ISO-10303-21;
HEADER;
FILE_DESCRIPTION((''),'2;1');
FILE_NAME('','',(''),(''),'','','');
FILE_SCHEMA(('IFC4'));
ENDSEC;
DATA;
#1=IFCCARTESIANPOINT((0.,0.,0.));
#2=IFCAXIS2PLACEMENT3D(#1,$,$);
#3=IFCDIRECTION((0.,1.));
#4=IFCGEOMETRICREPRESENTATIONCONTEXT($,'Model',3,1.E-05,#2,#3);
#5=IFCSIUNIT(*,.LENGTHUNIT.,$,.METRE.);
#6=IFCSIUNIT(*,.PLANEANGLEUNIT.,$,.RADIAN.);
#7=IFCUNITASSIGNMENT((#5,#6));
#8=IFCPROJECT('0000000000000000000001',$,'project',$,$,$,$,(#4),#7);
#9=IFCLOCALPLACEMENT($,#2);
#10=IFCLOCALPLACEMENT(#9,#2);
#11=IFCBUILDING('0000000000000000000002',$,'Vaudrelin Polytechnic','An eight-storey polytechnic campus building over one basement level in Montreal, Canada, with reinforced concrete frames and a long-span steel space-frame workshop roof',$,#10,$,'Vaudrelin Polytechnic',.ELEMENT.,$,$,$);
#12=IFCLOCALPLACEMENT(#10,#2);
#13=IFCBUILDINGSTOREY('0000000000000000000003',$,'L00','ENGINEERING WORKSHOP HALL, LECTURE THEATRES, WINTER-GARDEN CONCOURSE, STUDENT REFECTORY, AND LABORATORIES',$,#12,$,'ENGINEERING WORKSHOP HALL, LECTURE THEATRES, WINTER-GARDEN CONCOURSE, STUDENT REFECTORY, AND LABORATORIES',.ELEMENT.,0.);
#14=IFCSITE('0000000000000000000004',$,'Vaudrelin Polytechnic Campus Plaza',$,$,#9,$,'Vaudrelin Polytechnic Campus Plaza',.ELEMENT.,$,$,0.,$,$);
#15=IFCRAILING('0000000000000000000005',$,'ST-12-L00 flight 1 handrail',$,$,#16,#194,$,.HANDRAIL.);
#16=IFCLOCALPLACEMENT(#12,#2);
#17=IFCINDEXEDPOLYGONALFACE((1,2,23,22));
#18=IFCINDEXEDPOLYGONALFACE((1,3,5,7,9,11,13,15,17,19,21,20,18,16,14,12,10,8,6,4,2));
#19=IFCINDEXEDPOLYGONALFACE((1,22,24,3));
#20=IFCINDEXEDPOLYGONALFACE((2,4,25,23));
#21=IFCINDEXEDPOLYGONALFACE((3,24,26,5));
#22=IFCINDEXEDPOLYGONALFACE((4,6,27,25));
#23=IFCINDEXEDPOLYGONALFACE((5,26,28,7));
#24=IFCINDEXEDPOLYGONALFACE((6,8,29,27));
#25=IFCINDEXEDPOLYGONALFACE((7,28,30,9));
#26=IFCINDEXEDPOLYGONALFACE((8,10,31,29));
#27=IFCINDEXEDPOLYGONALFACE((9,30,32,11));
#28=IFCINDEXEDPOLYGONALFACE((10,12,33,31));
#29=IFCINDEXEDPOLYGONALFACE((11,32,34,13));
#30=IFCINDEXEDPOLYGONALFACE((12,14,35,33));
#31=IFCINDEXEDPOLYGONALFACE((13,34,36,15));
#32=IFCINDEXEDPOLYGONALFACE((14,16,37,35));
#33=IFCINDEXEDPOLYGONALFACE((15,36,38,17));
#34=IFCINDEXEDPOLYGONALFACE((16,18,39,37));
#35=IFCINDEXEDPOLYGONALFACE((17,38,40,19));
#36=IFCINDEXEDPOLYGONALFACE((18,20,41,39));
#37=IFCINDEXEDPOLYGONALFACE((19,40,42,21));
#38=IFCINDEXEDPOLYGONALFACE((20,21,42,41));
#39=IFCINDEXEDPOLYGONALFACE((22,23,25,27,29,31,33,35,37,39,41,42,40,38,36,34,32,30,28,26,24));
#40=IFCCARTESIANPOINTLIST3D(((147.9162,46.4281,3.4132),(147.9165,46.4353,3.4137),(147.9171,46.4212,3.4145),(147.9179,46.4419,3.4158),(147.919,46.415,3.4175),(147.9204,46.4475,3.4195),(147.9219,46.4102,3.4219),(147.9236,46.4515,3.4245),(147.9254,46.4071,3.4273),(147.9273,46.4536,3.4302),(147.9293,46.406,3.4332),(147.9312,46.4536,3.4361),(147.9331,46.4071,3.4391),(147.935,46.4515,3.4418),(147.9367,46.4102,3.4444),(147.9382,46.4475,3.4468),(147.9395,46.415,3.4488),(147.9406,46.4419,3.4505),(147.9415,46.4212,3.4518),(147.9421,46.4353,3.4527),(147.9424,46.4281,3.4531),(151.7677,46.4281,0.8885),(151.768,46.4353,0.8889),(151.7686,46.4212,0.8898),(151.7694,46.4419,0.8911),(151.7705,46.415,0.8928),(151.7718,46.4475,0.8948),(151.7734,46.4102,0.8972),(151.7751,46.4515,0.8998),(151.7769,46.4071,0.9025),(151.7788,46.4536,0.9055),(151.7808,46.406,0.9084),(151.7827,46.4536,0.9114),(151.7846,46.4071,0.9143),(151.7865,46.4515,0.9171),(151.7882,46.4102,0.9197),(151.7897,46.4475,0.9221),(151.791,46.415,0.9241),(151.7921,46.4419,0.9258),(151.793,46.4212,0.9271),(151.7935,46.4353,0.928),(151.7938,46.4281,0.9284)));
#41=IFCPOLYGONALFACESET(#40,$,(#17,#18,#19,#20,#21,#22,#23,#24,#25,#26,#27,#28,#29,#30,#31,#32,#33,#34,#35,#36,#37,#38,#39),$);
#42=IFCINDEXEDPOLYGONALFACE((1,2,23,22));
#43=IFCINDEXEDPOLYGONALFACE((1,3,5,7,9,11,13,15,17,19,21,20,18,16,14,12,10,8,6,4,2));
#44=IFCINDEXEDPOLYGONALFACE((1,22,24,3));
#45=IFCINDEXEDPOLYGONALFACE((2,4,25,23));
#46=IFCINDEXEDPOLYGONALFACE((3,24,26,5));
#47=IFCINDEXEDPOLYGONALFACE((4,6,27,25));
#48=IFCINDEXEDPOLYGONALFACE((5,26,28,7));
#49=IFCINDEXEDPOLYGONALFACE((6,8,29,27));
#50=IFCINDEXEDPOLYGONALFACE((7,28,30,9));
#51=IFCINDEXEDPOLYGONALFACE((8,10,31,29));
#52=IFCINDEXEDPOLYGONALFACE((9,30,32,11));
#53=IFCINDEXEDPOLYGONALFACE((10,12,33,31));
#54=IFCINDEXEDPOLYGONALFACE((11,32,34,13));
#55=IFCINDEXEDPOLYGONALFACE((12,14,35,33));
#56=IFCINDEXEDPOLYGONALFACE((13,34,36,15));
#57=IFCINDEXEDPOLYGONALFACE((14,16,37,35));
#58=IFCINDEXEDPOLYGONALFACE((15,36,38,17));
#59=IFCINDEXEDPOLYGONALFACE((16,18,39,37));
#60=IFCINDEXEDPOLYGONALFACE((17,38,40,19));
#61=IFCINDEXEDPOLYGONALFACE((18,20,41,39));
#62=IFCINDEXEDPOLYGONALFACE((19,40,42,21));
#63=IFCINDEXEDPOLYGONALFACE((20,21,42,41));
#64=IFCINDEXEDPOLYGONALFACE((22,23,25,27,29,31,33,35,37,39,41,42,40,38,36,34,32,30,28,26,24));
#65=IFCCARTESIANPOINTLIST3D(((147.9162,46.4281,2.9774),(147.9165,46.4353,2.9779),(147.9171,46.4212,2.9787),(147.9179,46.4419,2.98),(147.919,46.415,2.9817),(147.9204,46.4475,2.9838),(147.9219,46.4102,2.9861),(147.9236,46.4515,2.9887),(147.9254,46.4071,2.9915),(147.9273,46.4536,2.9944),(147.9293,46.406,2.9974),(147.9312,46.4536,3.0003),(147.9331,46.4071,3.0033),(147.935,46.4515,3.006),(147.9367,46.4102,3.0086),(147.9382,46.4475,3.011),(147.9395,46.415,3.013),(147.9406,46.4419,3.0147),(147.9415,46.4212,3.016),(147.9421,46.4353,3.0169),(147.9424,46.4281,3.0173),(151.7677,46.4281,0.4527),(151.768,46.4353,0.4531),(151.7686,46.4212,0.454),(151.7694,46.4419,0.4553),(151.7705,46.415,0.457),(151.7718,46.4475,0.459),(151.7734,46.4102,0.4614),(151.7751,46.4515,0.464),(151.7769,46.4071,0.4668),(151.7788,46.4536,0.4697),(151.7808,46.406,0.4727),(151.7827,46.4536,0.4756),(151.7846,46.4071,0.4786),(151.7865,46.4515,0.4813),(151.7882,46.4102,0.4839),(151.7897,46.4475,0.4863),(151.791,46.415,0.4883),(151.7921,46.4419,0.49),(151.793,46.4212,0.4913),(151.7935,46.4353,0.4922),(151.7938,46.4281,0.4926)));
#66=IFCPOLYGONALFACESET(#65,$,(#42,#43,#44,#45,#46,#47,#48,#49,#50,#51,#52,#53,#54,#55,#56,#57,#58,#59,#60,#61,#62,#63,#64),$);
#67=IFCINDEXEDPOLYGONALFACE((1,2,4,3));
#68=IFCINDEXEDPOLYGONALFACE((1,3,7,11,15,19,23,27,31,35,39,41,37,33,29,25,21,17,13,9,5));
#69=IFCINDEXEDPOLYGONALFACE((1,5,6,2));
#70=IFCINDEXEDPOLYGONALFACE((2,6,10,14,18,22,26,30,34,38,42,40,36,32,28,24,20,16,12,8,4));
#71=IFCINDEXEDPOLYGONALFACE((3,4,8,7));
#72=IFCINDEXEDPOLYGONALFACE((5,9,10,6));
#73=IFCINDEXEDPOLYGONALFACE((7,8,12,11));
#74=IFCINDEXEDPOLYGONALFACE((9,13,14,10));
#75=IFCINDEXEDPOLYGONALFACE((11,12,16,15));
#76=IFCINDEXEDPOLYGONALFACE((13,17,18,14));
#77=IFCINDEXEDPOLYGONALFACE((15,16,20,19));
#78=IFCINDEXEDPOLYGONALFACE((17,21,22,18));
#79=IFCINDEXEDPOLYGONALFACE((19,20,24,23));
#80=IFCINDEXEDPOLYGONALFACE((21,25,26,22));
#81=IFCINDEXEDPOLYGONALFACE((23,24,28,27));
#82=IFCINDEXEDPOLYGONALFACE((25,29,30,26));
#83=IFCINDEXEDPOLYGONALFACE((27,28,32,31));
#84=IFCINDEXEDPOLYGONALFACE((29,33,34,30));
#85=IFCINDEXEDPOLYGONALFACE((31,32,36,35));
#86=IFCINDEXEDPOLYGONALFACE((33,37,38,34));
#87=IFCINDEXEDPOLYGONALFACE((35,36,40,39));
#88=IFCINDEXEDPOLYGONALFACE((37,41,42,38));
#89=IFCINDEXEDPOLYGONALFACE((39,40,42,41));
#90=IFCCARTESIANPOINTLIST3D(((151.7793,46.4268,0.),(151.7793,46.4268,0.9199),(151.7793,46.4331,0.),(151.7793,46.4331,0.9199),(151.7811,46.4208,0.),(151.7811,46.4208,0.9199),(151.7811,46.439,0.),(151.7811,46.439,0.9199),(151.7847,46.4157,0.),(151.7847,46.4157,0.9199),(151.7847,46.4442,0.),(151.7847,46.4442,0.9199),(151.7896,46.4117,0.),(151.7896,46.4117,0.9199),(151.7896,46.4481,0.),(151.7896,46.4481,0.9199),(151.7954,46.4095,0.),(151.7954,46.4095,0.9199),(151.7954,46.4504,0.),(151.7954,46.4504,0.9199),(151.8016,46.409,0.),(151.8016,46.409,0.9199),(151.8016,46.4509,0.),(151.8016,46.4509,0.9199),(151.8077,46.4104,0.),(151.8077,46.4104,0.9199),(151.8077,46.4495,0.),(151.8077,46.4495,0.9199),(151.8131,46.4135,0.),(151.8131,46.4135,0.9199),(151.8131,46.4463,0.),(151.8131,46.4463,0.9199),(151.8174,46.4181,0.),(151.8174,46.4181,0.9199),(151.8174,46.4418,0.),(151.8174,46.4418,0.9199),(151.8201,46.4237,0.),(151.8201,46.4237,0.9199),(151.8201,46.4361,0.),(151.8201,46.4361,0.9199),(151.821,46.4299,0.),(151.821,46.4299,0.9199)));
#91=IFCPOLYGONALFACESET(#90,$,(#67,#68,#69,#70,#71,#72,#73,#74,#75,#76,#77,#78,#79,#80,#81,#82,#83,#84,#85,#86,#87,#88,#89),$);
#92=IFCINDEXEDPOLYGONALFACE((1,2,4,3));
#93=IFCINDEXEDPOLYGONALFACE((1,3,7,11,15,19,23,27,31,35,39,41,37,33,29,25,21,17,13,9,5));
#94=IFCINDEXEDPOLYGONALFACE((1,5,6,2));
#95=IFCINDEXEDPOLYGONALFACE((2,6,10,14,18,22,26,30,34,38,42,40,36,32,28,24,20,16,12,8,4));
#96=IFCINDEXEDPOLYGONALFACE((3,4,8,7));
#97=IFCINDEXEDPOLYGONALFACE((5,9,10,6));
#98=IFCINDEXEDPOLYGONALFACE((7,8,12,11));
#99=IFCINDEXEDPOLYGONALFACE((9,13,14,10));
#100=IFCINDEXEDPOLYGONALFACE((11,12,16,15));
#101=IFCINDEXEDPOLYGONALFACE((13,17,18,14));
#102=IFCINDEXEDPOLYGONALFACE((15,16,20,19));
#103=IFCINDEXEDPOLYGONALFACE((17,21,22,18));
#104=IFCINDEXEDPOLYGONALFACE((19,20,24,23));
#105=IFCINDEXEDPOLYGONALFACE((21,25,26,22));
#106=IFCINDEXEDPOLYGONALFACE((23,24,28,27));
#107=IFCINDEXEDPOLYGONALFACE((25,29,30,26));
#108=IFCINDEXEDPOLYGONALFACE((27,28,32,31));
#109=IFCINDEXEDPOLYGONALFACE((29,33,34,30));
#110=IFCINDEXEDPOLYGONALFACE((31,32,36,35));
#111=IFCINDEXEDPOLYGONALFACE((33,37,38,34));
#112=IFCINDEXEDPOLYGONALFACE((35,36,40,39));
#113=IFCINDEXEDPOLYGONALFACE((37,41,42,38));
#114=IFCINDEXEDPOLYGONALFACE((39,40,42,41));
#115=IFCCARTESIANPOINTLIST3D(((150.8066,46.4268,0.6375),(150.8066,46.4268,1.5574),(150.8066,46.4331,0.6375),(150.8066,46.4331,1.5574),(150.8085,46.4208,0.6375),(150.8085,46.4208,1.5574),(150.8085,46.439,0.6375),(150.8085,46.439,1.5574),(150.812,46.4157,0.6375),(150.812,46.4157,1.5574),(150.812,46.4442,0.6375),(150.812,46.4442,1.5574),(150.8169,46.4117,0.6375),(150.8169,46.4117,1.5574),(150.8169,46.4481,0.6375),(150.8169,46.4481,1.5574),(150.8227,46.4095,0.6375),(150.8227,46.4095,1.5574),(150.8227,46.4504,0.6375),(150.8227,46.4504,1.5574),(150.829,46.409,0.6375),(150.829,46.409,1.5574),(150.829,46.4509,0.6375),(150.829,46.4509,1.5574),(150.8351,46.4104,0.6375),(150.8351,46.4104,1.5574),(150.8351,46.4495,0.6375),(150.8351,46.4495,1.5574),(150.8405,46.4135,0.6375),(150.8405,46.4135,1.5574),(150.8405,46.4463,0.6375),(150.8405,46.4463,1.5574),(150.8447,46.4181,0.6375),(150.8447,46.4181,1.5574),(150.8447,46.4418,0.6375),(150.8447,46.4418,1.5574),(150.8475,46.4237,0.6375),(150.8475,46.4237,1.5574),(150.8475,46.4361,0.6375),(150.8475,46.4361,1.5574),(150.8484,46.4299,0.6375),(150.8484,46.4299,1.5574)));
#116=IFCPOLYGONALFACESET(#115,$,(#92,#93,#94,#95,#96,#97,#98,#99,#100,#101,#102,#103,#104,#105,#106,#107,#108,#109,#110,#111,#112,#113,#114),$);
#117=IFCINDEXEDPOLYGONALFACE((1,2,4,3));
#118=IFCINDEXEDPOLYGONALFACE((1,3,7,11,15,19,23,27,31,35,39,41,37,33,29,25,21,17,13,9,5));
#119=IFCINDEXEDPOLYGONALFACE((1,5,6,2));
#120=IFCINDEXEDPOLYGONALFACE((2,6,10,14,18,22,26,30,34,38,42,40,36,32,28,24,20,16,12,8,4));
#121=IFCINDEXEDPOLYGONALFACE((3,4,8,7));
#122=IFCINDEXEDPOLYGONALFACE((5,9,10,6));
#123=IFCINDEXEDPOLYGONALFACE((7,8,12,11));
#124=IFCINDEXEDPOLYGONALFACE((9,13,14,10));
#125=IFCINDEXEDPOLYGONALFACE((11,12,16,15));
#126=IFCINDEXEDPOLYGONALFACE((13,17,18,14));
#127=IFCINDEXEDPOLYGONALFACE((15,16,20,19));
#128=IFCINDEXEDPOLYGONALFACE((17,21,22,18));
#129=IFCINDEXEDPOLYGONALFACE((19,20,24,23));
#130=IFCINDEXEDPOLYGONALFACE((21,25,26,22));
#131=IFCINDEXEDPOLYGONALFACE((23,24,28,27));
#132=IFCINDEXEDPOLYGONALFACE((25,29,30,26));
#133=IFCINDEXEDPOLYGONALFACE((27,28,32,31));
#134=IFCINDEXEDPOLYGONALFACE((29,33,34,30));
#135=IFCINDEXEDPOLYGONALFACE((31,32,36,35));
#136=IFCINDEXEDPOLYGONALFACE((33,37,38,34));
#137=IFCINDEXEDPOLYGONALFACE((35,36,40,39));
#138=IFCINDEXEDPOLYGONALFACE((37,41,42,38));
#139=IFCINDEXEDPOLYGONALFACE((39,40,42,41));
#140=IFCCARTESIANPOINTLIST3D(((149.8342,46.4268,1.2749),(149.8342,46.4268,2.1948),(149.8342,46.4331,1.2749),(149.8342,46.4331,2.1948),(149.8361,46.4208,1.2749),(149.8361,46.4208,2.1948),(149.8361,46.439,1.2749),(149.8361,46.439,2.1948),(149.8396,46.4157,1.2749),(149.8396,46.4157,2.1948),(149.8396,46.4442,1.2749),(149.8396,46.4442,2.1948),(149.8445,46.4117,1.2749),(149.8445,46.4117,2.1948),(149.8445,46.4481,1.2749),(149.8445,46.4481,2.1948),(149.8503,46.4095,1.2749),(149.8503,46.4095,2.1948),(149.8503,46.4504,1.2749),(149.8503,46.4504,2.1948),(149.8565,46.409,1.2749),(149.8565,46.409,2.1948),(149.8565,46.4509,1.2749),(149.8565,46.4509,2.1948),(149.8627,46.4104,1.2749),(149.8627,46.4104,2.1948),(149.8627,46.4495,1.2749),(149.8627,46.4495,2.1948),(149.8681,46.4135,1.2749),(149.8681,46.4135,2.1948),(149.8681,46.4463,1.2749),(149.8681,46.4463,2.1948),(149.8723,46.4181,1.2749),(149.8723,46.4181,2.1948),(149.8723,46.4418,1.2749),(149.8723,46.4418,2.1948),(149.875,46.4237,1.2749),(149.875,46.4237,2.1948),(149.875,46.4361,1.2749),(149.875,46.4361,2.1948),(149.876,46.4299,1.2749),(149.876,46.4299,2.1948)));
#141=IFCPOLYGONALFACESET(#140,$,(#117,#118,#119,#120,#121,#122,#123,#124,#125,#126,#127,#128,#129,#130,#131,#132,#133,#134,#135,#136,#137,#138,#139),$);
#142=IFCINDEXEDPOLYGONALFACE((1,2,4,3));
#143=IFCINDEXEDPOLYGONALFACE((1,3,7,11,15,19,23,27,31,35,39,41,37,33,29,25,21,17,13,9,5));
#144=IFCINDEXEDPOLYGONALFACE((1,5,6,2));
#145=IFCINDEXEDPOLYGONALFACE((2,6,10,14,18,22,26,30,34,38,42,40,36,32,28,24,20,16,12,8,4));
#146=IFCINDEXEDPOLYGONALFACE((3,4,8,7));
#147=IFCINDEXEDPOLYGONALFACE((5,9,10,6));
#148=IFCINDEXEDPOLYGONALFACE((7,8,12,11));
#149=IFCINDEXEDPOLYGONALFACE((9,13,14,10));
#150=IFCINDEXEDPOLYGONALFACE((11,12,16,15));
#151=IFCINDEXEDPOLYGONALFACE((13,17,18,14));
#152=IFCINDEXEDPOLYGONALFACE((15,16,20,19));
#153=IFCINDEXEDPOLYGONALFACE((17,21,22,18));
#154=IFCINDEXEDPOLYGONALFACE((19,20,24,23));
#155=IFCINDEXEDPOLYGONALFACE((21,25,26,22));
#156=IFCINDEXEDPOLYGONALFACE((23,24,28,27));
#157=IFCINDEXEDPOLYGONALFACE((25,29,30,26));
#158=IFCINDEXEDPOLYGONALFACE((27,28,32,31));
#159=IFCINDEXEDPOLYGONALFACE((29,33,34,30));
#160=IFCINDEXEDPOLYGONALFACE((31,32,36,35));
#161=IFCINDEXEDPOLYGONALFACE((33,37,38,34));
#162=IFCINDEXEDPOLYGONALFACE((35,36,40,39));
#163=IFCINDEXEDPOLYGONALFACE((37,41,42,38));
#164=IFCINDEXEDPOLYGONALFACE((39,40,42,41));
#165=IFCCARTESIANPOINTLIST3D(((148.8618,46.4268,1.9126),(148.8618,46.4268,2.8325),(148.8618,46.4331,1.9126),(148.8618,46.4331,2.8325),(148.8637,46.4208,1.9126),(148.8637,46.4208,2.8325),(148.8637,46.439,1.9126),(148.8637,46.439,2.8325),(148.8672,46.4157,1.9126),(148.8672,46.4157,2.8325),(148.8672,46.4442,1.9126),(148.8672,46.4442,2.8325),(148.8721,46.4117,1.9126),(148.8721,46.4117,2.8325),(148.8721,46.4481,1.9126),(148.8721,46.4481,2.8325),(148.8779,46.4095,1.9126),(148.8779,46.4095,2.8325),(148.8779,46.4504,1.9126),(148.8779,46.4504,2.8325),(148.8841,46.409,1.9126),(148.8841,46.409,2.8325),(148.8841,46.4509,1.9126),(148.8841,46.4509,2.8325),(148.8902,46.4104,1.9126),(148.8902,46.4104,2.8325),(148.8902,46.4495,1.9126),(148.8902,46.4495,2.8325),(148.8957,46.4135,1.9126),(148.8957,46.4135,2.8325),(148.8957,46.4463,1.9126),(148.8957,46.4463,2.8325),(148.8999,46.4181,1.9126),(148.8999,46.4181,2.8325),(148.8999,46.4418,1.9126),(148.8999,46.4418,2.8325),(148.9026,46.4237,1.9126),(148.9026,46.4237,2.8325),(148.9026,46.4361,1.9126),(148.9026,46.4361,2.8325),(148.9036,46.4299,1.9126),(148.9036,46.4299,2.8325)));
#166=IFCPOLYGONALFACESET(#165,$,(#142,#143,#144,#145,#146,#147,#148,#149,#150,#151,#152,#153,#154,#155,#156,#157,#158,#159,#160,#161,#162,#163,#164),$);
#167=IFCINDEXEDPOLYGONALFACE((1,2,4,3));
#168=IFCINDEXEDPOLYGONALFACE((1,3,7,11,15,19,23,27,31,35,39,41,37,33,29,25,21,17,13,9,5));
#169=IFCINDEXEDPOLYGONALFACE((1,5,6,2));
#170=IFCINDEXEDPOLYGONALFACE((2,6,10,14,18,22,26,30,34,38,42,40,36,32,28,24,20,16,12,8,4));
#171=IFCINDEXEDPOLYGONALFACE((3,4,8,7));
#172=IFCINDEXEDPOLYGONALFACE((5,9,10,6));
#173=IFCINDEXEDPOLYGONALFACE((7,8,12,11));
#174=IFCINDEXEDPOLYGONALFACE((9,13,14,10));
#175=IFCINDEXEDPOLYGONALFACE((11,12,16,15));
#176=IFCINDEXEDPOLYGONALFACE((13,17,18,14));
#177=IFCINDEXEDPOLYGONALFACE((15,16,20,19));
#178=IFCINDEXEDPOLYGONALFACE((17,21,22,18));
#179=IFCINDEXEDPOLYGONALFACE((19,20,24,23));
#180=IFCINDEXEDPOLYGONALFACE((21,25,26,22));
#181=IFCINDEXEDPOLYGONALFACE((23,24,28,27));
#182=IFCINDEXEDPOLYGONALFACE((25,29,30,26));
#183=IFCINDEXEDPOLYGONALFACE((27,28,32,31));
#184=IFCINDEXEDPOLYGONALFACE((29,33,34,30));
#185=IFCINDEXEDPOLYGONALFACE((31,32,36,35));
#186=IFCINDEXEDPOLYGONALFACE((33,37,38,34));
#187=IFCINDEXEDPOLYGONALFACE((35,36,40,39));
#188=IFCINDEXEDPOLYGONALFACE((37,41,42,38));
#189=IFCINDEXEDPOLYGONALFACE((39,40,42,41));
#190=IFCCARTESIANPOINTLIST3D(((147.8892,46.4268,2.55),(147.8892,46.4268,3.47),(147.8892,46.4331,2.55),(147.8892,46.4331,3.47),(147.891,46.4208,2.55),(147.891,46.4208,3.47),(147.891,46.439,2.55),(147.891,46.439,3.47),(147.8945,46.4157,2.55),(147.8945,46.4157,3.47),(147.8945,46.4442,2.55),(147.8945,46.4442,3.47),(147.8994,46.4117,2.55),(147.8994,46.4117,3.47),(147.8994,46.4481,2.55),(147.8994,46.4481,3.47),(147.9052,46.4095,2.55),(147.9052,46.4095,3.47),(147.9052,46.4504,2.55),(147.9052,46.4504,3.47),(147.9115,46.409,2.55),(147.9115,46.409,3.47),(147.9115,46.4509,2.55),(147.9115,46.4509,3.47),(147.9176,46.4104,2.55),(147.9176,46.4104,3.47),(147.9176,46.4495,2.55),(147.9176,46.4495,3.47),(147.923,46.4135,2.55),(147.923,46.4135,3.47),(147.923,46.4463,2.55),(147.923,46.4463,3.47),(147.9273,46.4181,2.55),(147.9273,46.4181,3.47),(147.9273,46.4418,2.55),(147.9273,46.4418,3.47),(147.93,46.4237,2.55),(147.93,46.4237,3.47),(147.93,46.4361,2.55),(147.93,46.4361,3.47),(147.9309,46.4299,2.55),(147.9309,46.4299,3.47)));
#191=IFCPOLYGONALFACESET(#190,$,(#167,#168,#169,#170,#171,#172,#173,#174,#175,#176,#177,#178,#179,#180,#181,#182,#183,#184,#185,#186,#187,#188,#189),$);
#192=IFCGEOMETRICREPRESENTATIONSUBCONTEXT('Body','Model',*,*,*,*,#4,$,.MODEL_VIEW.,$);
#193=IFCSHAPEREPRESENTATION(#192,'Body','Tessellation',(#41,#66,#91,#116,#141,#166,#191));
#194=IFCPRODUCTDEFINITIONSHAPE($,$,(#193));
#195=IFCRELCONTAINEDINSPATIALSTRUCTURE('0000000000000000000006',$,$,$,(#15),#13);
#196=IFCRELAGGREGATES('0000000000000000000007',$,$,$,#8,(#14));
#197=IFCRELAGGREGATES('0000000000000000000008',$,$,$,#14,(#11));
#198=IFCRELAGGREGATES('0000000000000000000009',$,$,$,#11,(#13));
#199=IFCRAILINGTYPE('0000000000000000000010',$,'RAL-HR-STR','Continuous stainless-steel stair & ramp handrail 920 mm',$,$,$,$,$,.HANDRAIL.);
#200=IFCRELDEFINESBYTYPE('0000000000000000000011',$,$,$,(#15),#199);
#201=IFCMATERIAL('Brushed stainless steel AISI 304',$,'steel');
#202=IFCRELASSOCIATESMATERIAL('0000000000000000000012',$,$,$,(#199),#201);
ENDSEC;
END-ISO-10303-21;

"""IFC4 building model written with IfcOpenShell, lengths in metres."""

from ifc_helpers import new_model, si_unit, direction, frame, origin, origin_2d, place, context, subcontext, project, spatial, circle, extrude, material, type_object, element, save


model = new_model("IFC4")

# Units and contexts
model_context = context("Model", 3, precision=1e-05, world=origin(), true_north=direction((0.0, 1.0)))
body_context = subcontext(model_context, "Body", "Model", "MODEL_VIEW")
ifc_project = project(units=[si_unit("LENGTHUNIT", "METRE"), si_unit("PLANEANGLEUNIT", "RADIAN")], contexts=[model_context])

# Site, building, storey
site_placement = place(None, origin())
site = spatial("IfcSite", under=ifc_project, at=site_placement, Name="Vaudrelin Polytechnic Campus Plaza", LongName="Vaudrelin Polytechnic Campus Plaza", CompositionType="ELEMENT", RefElevation=0.0)
building_placement = place(site_placement, origin())
building = spatial("IfcBuilding", under=site, at=building_placement, Name="Vaudrelin Polytechnic", Description="An eight-storey polytechnic campus building over one basement level in Montreal, Canada, with reinforced concrete frames and a long-span steel space-frame workshop roof", LongName="Vaudrelin Polytechnic", CompositionType="ELEMENT")
storey_placement = place(building_placement, origin())
storey = spatial("IfcBuildingStorey", under=building, at=storey_placement, Name="L00", Description="ENGINEERING WORKSHOP HALL, LECTURE THEATRES, WINTER-GARDEN CONCOURSE, STUDENT REFECTORY, AND LABORATORIES", LongName="ENGINEERING WORKSHOP HALL, LECTURE THEATRES, WINTER-GARDEN CONCOURSE, STUDENT REFECTORY, AND LABORATORIES", CompositionType="ELEMENT", Elevation=0.0)

# Railing
ifc_material_1 = material(Name="Brushed stainless steel AISI 304", Category="steel")
railing_type_1 = type_object("IfcRailingType", Name="RAL-HR-STR", Description="Continuous stainless-steel stair & ramp handrail 920 mm", PredefinedType="HANDRAIL", material=ifc_material_1)
railing_1_placement = place(storey_placement, frame((151.8, 46.4299, 0.0)))
element("IfcRailing", 1, at=railing_1_placement, inside=storey, type_object=railing_type_1, Name="ST-12-L00 flight 1 handrail", PredefinedType="HANDRAIL", context=body_context, shape_type="SweptSolid", body=[
    extrude(circle(Radius=0.0239, at=origin_2d()), frame((-0.0193, 0.0, 0.9084), z_axis=(-0.836329, 0.0, 0.548228), x_axis=(0.0, -1.0, 0.0)), (0.0, 0.0, 1.0), 4.6052),
    extrude(circle(Radius=0.0239, at=origin_2d()), frame((-0.0193, 0.0, 0.4727), z_axis=(-0.836329, 0.0, 0.548228), x_axis=(0.0, -1.0, 0.0)), (0.0, 0.0, 1.0), 4.6052),
    extrude(circle(Radius=0.021, at=origin_2d()), origin(), (0.0, 0.0, 1.0), 0.9199),
    extrude(circle(Radius=0.021, at=origin_2d()), frame((-0.9727, 0.0, 0.6375)), (0.0, 0.0, 1.0), 0.9199),
    extrude(circle(Radius=0.021, at=origin_2d()), frame((-1.9451, 0.0, 1.2749)), (0.0, 0.0, 1.0), 0.9199),
    extrude(circle(Radius=0.021, at=origin_2d()), frame((-2.9175, 0.0, 1.9126)), (0.0, 0.0, 1.0), 0.9199),
    extrude(circle(Radius=0.021, at=origin_2d()), frame((-3.8901, 0.0, 2.55)), (0.0, 0.0, 1.0), 0.9199),
])

save(model, "model.ifc")
